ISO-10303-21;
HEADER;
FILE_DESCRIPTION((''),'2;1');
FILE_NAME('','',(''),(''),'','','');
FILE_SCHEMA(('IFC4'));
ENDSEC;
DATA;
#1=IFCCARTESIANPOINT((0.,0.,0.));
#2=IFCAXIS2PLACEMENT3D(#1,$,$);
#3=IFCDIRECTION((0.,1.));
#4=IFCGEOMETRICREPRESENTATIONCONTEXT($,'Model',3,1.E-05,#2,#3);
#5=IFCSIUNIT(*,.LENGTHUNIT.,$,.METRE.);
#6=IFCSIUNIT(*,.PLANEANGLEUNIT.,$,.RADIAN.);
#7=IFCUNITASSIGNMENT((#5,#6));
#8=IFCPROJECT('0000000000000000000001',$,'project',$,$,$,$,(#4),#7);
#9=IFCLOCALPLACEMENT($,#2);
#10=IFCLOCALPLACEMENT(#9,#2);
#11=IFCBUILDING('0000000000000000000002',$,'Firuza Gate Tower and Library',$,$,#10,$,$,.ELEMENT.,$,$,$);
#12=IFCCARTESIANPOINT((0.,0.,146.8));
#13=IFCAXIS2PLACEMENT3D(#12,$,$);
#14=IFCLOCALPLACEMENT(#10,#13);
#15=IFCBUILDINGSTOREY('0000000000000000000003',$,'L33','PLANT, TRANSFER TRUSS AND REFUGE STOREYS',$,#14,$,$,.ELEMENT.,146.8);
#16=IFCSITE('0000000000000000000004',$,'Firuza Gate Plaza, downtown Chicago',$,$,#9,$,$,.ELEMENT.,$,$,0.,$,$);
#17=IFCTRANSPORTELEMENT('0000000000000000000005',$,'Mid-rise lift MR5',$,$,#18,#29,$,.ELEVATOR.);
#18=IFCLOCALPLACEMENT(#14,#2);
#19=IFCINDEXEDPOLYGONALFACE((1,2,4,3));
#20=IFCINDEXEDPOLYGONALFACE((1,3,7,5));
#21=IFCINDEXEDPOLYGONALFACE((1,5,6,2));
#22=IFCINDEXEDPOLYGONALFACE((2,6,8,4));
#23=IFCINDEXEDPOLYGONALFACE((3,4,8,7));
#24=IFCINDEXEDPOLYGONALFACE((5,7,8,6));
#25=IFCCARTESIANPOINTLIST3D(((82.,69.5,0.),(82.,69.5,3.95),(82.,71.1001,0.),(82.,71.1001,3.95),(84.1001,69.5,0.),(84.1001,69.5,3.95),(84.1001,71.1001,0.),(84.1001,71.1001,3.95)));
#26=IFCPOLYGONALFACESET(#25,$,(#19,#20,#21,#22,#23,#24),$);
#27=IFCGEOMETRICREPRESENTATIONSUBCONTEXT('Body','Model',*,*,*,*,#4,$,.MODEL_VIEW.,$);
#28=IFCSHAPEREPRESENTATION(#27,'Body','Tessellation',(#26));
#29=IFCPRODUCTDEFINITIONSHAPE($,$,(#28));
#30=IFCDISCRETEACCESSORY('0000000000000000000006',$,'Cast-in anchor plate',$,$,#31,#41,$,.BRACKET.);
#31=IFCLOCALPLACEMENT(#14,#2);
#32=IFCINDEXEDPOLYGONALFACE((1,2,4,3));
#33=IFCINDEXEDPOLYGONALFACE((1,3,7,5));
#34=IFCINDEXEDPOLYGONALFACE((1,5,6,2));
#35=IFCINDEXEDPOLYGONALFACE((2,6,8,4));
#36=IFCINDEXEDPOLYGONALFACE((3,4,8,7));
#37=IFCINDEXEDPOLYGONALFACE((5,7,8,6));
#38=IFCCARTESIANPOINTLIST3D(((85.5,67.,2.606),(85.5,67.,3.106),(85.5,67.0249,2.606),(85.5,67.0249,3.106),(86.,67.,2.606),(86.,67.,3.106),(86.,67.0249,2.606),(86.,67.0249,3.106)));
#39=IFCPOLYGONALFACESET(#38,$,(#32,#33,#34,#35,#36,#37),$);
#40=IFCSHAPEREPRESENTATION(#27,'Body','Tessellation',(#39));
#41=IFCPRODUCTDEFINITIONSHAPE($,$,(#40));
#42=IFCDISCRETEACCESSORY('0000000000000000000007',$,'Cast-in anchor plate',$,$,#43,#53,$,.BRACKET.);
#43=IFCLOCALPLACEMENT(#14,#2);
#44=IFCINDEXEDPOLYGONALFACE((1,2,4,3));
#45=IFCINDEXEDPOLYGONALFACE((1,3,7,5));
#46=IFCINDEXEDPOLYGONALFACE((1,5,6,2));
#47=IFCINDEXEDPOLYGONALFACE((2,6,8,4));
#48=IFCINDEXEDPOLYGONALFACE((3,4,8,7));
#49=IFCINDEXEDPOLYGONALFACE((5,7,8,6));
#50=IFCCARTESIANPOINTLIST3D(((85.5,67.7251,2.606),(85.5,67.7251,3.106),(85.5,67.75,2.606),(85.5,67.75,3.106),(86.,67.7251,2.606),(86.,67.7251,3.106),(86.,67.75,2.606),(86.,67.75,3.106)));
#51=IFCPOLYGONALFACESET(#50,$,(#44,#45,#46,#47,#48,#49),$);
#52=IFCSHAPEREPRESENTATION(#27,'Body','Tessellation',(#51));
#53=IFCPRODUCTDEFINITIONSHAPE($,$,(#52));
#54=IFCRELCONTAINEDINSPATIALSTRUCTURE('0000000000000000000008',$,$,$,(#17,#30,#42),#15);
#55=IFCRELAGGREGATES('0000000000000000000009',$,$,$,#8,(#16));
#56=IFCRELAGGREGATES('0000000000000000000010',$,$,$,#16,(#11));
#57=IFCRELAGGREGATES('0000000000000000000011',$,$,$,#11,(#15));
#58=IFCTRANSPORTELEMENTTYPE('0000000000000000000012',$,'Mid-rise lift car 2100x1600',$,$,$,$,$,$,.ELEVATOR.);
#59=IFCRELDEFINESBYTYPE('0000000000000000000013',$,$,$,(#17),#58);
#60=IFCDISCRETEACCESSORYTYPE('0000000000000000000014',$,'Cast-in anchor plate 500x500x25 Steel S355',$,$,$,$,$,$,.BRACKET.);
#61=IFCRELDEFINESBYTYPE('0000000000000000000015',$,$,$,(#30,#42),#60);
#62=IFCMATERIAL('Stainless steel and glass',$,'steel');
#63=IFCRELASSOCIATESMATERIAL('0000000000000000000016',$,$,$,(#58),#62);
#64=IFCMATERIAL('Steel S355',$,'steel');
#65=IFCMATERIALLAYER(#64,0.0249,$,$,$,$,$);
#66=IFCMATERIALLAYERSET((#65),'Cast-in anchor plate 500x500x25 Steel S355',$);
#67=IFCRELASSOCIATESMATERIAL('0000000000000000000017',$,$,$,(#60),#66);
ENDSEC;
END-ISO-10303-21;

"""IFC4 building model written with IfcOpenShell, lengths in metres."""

from ifc_helpers import new_model, si_unit, direction, frame, origin, origin_2d, place, context, subcontext, project, spatial, rectangle, extrude, material, layer, layer_set, type_object, element, save


model = new_model("IFC4")

# Units and contexts
model_context = context("Model", 3, precision=1e-05, world=origin(), true_north=direction((0.0, 1.0)))
body_context = subcontext(model_context, "Body", "Model", "MODEL_VIEW")
ifc_project = project(units=[si_unit("LENGTHUNIT", "METRE"), si_unit("PLANEANGLEUNIT", "RADIAN")], contexts=[model_context])

# Site, building, storey
site_placement = place(None, origin())
site = spatial("IfcSite", under=ifc_project, at=site_placement, Name="Firuza Gate Plaza, downtown Chicago", CompositionType="ELEMENT", RefElevation=0.0)
building_placement = place(site_placement, origin())
building = spatial("IfcBuilding", under=site, at=building_placement, Name="Firuza Gate Tower and Library", CompositionType="ELEMENT")
storey_placement = place(building_placement, frame((0.0, 0.0, 146.8)))
storey = spatial("IfcBuildingStorey", under=building, at=storey_placement, Name="L33", Description="PLANT, TRANSFER TRUSS AND REFUGE STOREYS", CompositionType="ELEMENT", Elevation=146.8)

# Transport element
ifc_material_1 = material(Name="Stainless steel and glass", Category="steel")
transport_element_type = type_object("IfcTransportElementType", Name="Mid-rise lift car 2100x1600", PredefinedType="ELEVATOR", material=ifc_material_1)
transport_element_placement = place(storey_placement, frame((83.05, 70.3, 0.0), z_axis=(0.0, 0.0, 1.0), x_axis=(1.0, 0.0, 0.0)))
element("IfcTransportElement", 1, at=transport_element_placement, inside=storey, type_object=transport_element_type, Name="Mid-rise lift MR5", PredefinedType="ELEVATOR", context=body_context, shape_type="SweptSolid", body=[
    extrude(rectangle(XDim=2.1001, YDim=1.6001, at=origin_2d()), origin(), (0.0, 0.0, 1.0), 3.95),
])

# Discrete accessories
ifc_material_2 = material(Name="Steel S355", Category="steel")
ifc_layer_1 = layer(ifc_material_2, 0.0249)
ifc_layer_set_1 = layer_set([ifc_layer_1], Name="Cast-in anchor plate 500x500x25 Steel S355")
discrete_accessory_type = type_object("IfcDiscreteAccessoryType", Name="Cast-in anchor plate 500x500x25 Steel S355", PredefinedType="BRACKET", material=ifc_layer_set_1)
for number, where, z_axis, x_axis, name in (
    (2, (85.75, 67.0125, 2.606), (0.0, 0.0, 1.0), (1.0, 0.0, 0.0), "Cast-in anchor plate"),
    (3, (85.75, 67.7375, 2.606), (0.0, 0.0, 1.0), (1.0, 0.0, 0.0), "Cast-in anchor plate"),
):
    element("IfcDiscreteAccessory", number, at=place(storey_placement, frame(where, z_axis=z_axis, x_axis=x_axis)), inside=storey, type_object=discrete_accessory_type, Name=name, PredefinedType="BRACKET", context=body_context, shape_type="SweptSolid", body=[
        extrude(rectangle(XDim=0.5, YDim=0.0249, at=origin_2d()), origin(), (0.0, 0.0, 1.0), 0.5),
    ])

save(model, "model.ifc")
